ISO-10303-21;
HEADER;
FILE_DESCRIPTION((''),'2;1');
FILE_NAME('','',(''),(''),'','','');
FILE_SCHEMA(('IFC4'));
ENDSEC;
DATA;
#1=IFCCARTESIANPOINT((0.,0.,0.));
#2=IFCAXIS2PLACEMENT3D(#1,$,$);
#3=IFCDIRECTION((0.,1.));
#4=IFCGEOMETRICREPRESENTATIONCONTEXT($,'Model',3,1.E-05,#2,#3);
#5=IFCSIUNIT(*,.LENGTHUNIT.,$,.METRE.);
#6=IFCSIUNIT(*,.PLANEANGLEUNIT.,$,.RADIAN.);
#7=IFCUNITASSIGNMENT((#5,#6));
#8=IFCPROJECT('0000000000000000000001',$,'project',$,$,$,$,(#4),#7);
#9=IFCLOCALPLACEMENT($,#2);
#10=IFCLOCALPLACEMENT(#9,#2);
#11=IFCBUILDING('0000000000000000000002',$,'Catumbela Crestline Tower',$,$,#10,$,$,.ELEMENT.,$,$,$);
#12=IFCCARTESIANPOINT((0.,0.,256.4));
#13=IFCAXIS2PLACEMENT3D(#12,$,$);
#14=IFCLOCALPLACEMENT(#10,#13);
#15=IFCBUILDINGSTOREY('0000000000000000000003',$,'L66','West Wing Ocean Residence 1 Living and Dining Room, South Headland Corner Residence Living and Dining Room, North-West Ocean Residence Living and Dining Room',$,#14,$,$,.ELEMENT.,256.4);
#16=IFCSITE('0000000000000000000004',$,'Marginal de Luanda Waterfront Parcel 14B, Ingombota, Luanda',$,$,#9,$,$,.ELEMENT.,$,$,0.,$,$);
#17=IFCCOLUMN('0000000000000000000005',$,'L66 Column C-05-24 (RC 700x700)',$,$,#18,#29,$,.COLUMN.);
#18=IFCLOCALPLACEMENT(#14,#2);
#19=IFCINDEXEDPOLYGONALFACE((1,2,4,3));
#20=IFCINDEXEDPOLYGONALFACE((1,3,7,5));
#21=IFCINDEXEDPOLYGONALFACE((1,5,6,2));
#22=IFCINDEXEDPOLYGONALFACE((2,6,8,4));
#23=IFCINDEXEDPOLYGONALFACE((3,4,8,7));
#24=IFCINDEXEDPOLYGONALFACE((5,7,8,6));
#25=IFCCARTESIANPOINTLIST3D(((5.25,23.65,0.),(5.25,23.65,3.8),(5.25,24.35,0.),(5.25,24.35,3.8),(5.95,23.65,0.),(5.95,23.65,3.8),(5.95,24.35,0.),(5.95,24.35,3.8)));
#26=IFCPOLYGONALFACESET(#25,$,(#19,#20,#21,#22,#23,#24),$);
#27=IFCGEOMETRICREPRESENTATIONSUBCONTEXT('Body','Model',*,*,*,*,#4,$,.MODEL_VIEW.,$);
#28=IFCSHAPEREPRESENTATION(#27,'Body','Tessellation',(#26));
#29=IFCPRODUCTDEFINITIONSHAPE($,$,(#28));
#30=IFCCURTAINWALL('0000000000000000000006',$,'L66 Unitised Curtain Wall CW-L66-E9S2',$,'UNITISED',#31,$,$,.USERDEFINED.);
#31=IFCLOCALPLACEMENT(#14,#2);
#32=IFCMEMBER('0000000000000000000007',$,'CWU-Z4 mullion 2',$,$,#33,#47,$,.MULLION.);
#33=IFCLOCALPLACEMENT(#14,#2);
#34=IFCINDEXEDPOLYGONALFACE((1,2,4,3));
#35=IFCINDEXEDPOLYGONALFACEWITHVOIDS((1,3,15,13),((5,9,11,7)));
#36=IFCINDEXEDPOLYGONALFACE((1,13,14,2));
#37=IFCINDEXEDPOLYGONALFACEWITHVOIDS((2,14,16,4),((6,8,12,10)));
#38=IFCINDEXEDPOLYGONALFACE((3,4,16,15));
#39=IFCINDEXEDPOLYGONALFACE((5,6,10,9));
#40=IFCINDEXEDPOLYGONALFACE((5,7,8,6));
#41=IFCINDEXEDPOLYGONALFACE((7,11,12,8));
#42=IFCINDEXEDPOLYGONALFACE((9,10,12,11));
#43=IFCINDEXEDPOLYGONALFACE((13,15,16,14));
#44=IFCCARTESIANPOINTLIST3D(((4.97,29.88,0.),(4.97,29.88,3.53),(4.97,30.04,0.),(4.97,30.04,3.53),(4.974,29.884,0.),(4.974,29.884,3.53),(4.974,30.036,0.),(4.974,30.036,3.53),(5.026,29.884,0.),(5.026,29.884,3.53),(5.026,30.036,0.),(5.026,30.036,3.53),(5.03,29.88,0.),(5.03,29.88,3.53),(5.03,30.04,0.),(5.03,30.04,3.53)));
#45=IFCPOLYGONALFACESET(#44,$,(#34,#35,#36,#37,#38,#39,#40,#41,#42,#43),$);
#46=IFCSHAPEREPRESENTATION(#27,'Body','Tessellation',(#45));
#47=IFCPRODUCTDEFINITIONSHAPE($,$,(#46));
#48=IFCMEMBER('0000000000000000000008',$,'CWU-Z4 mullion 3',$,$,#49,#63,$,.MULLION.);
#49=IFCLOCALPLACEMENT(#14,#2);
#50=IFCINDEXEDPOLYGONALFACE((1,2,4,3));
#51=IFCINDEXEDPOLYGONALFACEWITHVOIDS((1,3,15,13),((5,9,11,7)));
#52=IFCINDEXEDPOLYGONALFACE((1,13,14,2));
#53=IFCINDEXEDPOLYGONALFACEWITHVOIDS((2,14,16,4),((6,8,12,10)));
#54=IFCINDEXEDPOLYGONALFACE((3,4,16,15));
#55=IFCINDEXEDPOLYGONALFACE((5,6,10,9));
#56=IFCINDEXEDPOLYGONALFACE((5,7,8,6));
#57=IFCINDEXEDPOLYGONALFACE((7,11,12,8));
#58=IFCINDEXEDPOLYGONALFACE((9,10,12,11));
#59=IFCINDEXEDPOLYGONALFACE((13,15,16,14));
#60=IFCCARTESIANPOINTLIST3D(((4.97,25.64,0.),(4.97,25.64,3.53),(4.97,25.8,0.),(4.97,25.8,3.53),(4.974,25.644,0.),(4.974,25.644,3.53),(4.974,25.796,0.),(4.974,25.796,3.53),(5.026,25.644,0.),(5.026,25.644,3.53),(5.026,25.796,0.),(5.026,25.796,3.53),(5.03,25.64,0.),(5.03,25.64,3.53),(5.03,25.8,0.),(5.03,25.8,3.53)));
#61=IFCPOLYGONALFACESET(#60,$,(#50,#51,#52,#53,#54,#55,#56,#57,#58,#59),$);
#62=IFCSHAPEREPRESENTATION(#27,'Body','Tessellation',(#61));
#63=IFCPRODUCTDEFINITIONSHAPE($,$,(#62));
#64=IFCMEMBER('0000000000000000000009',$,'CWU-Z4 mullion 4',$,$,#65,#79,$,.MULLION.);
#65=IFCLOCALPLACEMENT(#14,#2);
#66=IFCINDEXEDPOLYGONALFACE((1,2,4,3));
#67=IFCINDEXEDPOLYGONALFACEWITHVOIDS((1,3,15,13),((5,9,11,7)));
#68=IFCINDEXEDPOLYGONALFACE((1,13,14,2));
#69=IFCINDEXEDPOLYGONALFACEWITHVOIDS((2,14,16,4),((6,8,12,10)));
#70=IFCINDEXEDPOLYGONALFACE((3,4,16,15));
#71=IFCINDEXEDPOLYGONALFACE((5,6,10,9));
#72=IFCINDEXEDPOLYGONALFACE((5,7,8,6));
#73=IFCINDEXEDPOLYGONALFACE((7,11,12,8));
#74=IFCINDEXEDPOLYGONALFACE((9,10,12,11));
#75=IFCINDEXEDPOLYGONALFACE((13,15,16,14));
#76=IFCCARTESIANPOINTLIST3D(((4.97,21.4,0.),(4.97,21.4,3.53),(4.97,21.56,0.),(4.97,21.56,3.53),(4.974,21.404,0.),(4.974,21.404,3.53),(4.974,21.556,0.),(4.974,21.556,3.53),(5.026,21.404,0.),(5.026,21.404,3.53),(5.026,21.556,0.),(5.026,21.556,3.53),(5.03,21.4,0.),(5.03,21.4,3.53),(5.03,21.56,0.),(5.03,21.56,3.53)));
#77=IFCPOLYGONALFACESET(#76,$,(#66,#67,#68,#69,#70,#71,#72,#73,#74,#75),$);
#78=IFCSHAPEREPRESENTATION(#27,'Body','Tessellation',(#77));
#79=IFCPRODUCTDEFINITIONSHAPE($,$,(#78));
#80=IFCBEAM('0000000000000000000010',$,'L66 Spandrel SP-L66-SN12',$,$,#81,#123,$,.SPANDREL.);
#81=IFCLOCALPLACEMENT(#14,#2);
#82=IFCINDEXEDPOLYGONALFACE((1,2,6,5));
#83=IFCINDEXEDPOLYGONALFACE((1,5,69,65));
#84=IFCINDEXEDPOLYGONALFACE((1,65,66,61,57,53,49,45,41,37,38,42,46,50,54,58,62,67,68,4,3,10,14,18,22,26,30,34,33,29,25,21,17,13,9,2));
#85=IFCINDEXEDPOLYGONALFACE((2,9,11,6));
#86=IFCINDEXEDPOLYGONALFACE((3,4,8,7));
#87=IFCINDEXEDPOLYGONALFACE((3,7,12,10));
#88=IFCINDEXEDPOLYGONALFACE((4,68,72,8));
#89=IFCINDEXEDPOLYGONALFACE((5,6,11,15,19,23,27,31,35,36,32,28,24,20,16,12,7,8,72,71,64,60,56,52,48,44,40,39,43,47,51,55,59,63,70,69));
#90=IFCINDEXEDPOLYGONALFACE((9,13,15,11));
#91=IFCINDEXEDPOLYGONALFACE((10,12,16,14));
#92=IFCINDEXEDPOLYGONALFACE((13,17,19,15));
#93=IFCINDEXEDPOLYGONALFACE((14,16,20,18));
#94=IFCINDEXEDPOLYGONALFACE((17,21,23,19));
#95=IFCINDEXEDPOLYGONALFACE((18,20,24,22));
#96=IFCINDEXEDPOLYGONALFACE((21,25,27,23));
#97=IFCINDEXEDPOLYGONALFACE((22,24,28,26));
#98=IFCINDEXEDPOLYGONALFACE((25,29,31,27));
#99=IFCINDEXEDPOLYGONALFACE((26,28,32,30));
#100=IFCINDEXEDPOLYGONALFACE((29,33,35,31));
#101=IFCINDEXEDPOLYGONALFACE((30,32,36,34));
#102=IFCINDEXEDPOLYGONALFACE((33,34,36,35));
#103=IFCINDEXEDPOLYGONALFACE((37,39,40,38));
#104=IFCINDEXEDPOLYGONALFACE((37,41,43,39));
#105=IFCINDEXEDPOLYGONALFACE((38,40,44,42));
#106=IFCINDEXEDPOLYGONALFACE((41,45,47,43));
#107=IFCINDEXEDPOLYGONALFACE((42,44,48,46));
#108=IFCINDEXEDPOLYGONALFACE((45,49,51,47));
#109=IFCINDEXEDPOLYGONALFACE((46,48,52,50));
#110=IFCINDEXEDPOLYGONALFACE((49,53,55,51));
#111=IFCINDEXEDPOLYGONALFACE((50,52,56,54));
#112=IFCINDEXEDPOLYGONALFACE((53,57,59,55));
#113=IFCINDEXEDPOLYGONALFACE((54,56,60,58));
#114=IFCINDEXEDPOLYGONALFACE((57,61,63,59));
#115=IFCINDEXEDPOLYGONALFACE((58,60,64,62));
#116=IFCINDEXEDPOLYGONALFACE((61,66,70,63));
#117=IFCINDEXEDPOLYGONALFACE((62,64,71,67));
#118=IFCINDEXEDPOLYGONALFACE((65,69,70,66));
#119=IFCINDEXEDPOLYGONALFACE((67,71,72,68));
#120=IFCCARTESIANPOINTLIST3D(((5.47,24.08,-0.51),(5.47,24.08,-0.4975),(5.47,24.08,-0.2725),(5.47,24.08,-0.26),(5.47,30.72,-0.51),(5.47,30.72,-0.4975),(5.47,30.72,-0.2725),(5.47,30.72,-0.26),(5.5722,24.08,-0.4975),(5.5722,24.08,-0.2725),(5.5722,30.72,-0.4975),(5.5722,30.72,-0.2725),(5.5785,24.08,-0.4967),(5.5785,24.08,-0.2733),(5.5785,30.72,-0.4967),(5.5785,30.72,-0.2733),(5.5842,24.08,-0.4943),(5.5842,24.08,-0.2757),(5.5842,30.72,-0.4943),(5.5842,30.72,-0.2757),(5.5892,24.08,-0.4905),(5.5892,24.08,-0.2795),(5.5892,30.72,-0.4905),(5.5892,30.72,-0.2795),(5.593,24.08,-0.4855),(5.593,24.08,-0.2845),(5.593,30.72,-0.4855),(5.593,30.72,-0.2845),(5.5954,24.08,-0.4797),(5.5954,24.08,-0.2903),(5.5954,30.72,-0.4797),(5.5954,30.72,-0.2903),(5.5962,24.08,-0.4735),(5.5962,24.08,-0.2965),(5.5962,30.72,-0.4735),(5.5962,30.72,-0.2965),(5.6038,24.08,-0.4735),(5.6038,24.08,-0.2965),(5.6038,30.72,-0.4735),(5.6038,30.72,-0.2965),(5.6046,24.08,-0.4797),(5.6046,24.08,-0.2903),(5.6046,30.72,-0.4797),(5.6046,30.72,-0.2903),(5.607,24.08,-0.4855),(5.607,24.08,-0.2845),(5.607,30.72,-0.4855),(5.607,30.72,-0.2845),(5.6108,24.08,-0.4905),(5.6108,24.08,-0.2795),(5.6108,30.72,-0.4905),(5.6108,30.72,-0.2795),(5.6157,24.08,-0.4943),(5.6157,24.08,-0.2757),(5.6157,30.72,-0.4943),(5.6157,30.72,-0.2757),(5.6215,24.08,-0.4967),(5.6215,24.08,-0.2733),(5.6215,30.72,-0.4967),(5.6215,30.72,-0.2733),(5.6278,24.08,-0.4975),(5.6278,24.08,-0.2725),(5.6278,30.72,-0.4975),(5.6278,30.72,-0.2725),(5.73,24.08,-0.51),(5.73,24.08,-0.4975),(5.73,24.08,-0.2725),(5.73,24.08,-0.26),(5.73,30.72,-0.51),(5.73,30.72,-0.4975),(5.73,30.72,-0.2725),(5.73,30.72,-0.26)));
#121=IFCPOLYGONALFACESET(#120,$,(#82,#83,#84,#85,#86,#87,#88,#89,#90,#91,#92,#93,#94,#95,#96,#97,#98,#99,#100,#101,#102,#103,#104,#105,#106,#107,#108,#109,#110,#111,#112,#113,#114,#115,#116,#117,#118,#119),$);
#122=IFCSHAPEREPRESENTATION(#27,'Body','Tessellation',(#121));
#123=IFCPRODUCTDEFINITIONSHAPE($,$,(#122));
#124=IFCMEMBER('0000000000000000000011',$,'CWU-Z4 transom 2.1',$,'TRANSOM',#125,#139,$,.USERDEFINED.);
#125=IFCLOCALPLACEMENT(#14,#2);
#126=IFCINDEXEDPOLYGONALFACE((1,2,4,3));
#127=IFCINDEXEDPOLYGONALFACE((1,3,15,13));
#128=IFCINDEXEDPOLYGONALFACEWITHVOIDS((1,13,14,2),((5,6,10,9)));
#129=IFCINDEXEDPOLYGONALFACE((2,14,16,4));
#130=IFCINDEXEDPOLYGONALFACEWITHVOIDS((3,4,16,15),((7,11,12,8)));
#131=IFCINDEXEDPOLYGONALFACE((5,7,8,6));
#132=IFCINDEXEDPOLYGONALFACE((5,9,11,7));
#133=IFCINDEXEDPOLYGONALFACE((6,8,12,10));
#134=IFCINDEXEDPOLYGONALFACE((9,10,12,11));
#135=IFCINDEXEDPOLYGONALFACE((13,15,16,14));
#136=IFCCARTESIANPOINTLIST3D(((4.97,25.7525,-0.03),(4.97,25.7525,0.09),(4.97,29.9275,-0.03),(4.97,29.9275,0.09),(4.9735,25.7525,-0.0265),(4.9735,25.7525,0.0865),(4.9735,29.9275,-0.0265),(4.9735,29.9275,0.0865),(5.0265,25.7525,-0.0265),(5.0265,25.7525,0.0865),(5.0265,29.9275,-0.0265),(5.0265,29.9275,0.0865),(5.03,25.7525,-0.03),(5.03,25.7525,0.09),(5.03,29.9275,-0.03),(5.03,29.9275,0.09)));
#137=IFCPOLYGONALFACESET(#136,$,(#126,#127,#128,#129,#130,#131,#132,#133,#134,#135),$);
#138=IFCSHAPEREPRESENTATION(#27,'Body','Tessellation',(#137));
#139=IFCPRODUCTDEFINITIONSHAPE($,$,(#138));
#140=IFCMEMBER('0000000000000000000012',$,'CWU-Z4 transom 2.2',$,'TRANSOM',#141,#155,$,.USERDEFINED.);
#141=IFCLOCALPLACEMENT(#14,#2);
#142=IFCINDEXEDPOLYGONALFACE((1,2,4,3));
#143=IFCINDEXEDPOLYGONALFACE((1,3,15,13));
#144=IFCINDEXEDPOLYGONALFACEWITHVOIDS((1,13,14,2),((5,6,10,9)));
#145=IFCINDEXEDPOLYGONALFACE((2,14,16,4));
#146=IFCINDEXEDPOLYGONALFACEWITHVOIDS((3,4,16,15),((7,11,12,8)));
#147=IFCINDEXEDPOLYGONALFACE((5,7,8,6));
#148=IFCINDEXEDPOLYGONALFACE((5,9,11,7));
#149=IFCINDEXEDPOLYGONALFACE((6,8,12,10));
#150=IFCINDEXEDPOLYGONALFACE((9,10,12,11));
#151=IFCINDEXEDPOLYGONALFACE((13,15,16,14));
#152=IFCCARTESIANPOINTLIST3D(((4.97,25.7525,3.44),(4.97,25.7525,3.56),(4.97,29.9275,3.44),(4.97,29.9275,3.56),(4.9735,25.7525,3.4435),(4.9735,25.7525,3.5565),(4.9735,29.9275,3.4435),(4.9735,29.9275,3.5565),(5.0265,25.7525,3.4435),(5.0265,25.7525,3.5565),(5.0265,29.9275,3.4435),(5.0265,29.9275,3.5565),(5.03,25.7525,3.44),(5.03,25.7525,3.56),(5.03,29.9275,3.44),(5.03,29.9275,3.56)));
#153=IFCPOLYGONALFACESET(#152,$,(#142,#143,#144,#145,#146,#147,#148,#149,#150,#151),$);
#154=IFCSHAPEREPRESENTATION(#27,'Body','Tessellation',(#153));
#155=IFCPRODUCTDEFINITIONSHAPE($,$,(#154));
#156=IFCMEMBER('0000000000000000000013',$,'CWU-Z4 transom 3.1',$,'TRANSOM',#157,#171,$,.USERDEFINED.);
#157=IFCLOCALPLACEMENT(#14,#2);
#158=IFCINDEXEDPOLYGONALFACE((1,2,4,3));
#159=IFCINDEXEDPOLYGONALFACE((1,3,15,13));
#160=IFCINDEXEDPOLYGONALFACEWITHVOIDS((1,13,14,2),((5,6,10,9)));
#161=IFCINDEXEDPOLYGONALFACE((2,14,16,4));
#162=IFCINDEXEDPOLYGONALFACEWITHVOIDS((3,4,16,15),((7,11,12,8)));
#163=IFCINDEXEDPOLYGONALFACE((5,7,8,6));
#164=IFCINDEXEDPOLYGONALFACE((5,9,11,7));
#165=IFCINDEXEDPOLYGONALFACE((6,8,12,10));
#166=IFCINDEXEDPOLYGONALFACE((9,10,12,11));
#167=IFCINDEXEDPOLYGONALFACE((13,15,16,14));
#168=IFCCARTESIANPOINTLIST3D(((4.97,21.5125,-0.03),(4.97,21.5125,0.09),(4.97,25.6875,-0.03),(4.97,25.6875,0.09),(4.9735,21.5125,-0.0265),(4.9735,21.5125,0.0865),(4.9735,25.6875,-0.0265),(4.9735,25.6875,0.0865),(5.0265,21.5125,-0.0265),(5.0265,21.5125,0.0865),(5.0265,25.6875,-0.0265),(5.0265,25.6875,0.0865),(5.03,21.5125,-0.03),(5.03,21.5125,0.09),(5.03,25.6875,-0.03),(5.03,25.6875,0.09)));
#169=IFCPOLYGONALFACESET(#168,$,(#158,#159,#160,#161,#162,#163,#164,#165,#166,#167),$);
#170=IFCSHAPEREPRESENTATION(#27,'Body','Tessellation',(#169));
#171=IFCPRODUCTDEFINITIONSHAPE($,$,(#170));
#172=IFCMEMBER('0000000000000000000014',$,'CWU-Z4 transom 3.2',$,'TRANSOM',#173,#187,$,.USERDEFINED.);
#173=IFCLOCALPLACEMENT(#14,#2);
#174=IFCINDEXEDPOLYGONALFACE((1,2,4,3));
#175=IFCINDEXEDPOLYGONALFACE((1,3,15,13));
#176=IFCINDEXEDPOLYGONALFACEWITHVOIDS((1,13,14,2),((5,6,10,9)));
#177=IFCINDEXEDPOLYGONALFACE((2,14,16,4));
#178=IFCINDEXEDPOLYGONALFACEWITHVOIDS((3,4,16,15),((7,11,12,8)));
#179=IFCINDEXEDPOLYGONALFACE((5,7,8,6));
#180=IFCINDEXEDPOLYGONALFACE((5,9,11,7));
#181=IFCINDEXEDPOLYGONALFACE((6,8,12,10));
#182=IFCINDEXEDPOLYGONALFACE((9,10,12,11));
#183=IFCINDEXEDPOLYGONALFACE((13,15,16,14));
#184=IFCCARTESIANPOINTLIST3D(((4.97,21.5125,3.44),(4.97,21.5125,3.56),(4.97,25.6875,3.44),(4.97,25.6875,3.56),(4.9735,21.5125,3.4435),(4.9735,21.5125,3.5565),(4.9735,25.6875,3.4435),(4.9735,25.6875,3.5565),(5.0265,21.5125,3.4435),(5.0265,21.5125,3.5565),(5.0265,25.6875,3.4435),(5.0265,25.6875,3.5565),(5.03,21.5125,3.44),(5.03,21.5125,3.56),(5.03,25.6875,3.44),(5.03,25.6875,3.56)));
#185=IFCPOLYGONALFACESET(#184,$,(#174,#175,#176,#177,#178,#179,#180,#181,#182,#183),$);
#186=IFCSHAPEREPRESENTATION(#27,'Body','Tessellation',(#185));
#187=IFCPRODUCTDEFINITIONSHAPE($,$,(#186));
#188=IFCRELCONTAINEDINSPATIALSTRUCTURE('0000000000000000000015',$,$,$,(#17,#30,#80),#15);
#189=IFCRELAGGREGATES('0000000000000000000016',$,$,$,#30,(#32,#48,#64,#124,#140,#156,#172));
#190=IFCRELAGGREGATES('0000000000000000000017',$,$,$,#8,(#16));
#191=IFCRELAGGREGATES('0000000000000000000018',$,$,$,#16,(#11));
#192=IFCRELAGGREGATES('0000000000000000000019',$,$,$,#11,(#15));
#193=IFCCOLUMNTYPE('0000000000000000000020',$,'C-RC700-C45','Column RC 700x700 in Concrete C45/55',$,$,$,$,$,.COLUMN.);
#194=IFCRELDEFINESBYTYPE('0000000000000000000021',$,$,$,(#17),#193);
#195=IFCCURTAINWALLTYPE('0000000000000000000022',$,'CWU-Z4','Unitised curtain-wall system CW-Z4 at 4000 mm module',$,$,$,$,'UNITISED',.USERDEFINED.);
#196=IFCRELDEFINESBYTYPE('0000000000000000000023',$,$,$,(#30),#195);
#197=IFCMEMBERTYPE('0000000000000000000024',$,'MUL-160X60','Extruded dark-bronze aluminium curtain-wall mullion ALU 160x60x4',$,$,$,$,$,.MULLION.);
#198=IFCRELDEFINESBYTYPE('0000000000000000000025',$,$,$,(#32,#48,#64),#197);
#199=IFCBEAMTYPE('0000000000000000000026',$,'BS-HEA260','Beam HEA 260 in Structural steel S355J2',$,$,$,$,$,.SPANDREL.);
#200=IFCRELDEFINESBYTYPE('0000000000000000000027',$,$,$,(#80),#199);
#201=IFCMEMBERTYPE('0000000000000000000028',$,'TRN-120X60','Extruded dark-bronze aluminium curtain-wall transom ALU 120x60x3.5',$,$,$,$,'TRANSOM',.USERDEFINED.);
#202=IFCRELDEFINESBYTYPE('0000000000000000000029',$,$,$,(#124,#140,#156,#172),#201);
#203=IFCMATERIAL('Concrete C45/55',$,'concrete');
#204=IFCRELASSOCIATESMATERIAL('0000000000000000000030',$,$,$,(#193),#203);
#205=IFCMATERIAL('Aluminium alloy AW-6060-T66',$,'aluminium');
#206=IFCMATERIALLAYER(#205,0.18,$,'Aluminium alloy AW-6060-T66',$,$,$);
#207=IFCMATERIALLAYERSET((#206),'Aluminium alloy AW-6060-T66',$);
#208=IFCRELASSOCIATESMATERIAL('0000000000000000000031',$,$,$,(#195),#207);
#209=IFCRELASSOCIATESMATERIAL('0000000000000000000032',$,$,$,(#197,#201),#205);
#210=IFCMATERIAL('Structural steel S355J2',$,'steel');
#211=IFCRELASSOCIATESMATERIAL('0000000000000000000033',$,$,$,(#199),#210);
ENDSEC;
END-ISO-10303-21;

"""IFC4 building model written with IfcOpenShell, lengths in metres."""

from ifc_helpers import new_model, si_unit, direction, frame, origin, origin_2d, place, context, subcontext, project, spatial, rectangle, hollow_rectangle, i_section, extrude, material, layer, layer_set, material_profile, profile_set, type_object, element, aggregate, save


model = new_model("IFC4")

# Units and contexts
model_context = context("Model", 3, precision=1e-05, world=origin(), true_north=direction((0.0, 1.0)))
body_context = subcontext(model_context, "Body", "Model", "MODEL_VIEW")
ifc_project = project(units=[si_unit("LENGTHUNIT", "METRE"), si_unit("PLANEANGLEUNIT", "RADIAN")], contexts=[model_context])

# Site, building, storey
site_placement = place(None, origin())
site = spatial("IfcSite", under=ifc_project, at=site_placement, Name="Marginal de Luanda Waterfront Parcel 14B, Ingombota, Luanda", CompositionType="ELEMENT", RefElevation=0.0)
building_placement = place(site_placement, origin())
building = spatial("IfcBuilding", under=site, at=building_placement, Name="Catumbela Crestline Tower", CompositionType="ELEMENT")
storey_placement = place(building_placement, frame((0.0, 0.0, 256.4)))
storey = spatial("IfcBuildingStorey", under=building, at=storey_placement, Name="L66", Description="West Wing Ocean Residence 1 Living and Dining Room, South Headland Corner Residence Living and Dining Room, North-West Ocean Residence Living and Dining Room", CompositionType="ELEMENT", Elevation=256.4)

# Column
ifc_material_1 = material(Name="Concrete C45/55", Category="concrete")
ifc_material_profile_1 = material_profile(ifc_material_1, rectangle(XDim=0.7, YDim=0.7, at=origin_2d()), Name="RC 700x700")
ifc_profile_set_1 = profile_set([ifc_material_profile_1], Name="Concrete C45/55")
column_type = type_object("IfcColumnType", Name="C-RC700-C45", Description="Column RC 700x700 in Concrete C45/55", PredefinedType="COLUMN", material=ifc_profile_set_1)
column_placement = place(storey_placement, frame((5.6, 24.0, 0.0), z_axis=(0.0, 0.0, 1.0), x_axis=(1.0, 0.0, 0.0)))
element("IfcColumn", 1, at=column_placement, inside=storey, type_object=column_type, Name="L66 Column C-05-24 (RC 700x700)", PredefinedType="COLUMN", context=body_context, shape_type="SweptSolid", body=[
    extrude(rectangle(XDim=0.7, YDim=0.7, at=origin_2d()), origin(), (0.0, 0.0, 1.0), 3.8),
])

# Curtain wall, members
ifc_material_2 = material(Name="Aluminium alloy AW-6060-T66", Category="aluminium")
ifc_layer_1 = layer(ifc_material_2, 0.18, Name="Aluminium alloy AW-6060-T66")
ifc_layer_set_1 = layer_set([ifc_layer_1], Name="Aluminium alloy AW-6060-T66")
curtain_wall_type = type_object("IfcCurtainWallType", Name="CWU-Z4", Description="Unitised curtain-wall system CW-Z4 at 4000 mm module", ElementType="UNITISED", PredefinedType="USERDEFINED", material=ifc_layer_set_1)
curtain_wall_placement = place(storey_placement, origin())
curtain_wall = element("IfcCurtainWall", 2, at=curtain_wall_placement, inside=storey, type_object=curtain_wall_type, Name="L66 Unitised Curtain Wall CW-L66-E9S2", ObjectType="UNITISED", PredefinedType="USERDEFINED")
ifc_material_profile_2 = material_profile(ifc_material_2, hollow_rectangle(XDim=0.06, YDim=0.16, WallThickness=0.004, at=origin_2d()), Name="ALU 160x60x4")
ifc_profile_set_2 = profile_set([ifc_material_profile_2], Name="Aluminium alloy AW-6060-T66")
member_type_1 = type_object("IfcMemberType", Name="MUL-160X60", Description="Extruded dark-bronze aluminium curtain-wall mullion ALU 160x60x4", PredefinedType="MULLION", material=ifc_profile_set_2)
member_1_placement = place(storey_placement, frame((5.0, 29.96, 0.0), z_axis=(0.0, 0.0, 1.0), x_axis=(1.0, 0.0, 0.0)))
member_1 = element("IfcMember", 3, at=member_1_placement, type_object=member_type_1, Name="CWU-Z4 mullion 2", PredefinedType="MULLION", context=body_context, shape_type="SweptSolid", body=[
    extrude(hollow_rectangle(XDim=0.06, YDim=0.16, WallThickness=0.004, at=origin_2d()), origin(), (0.0, 0.0, 1.0), 3.53),
])
member_2_placement = place(storey_placement, frame((5.0, 25.72, 0.0), z_axis=(0.0, 0.0, 1.0), x_axis=(1.0, 0.0, 0.0)))
member_2 = element("IfcMember", 4, at=member_2_placement, type_object=member_type_1, Name="CWU-Z4 mullion 3", PredefinedType="MULLION", context=body_context, shape_type="SweptSolid", body=[
    extrude(hollow_rectangle(XDim=0.06, YDim=0.16, WallThickness=0.004, at=origin_2d()), origin(), (0.0, 0.0, 1.0), 3.53),
])
member_3_placement = place(storey_placement, frame((5.0, 21.48, 0.0), z_axis=(0.0, 0.0, 1.0), x_axis=(1.0, 0.0, 0.0)))
member_3 = element("IfcMember", 5, at=member_3_placement, type_object=member_type_1, Name="CWU-Z4 mullion 4", PredefinedType="MULLION", context=body_context, shape_type="SweptSolid", body=[
    extrude(hollow_rectangle(XDim=0.06, YDim=0.16, WallThickness=0.004, at=origin_2d()), origin(), (0.0, 0.0, 1.0), 3.53),
])

# Beam
ifc_material_3 = material(Name="Structural steel S355J2", Category="steel")
ifc_material_profile_3 = material_profile(ifc_material_3, i_section(OverallWidth=0.26, OverallDepth=0.25, WebThickness=0.0075, FlangeThickness=0.0125, FilletRadius=0.024, at=origin_2d()), Name="HEA 260")
ifc_profile_set_3 = profile_set([ifc_material_profile_3], Name="Structural steel S355J2")
beam_type = type_object("IfcBeamType", Name="BS-HEA260", Description="Beam HEA 260 in Structural steel S355J2", PredefinedType="SPANDREL", material=ifc_profile_set_3)
beam_placement = place(storey_placement, frame((5.6, 24.08, -0.385), z_axis=(0.0, 1.0, 0.0), x_axis=(-1.0, 0.0, 0.0)))
element("IfcBeam", 6, at=beam_placement, inside=storey, type_object=beam_type, Name="L66 Spandrel SP-L66-SN12", PredefinedType="SPANDREL", context=body_context, shape_type="SweptSolid", body=[
    extrude(i_section(OverallWidth=0.26, OverallDepth=0.25, WebThickness=0.0075, FlangeThickness=0.0125, FilletRadius=0.024, at=origin_2d()), origin(), (0.0, 0.0, 1.0), 6.64),
])

# Members
ifc_material_profile_4 = material_profile(ifc_material_2, hollow_rectangle(XDim=0.06, YDim=0.12, WallThickness=0.0035, at=origin_2d()), Name="ALU 120x60x3.5")
ifc_profile_set_4 = profile_set([ifc_material_profile_4], Name="Aluminium alloy AW-6060-T66")
member_type_2 = type_object("IfcMemberType", Name="TRN-120X60", Description="Extruded dark-bronze aluminium curtain-wall transom ALU 120x60x3.5", ElementType="TRANSOM", PredefinedType="USERDEFINED", material=ifc_profile_set_4)
member_4_placement = place(storey_placement, frame((5.0, 29.9275, 0.03), z_axis=(0.0, -1.0, 0.0), x_axis=(1.0, 0.0, 0.0)))
member_4 = element("IfcMember", 7, at=member_4_placement, type_object=member_type_2, Name="CWU-Z4 transom 2.1", ObjectType="TRANSOM", PredefinedType="USERDEFINED", context=body_context, shape_type="SweptSolid", body=[
    extrude(hollow_rectangle(XDim=0.06, YDim=0.12, WallThickness=0.0035, at=origin_2d()), origin(), (0.0, 0.0, 1.0), 4.175),
])
member_5_placement = place(storey_placement, frame((5.0, 29.9275, 3.5), z_axis=(0.0, -1.0, 0.0), x_axis=(1.0, 0.0, 0.0)))
member_5 = element("IfcMember", 8, at=member_5_placement, type_object=member_type_2, Name="CWU-Z4 transom 2.2", ObjectType="TRANSOM", PredefinedType="USERDEFINED", context=body_context, shape_type="SweptSolid", body=[
    extrude(hollow_rectangle(XDim=0.06, YDim=0.12, WallThickness=0.0035, at=origin_2d()), origin(), (0.0, 0.0, 1.0), 4.175),
])
member_6_placement = place(storey_placement, frame((5.0, 25.6875, 0.03), z_axis=(0.0, -1.0, 0.0), x_axis=(1.0, 0.0, 0.0)))
member_6 = element("IfcMember", 9, at=member_6_placement, type_object=member_type_2, Name="CWU-Z4 transom 3.1", ObjectType="TRANSOM", PredefinedType="USERDEFINED", context=body_context, shape_type="SweptSolid", body=[
    extrude(hollow_rectangle(XDim=0.06, YDim=0.12, WallThickness=0.0035, at=origin_2d()), origin(), (0.0, 0.0, 1.0), 4.175),
])
member_7_placement = place(storey_placement, frame((5.0, 25.6875, 3.5), z_axis=(0.0, -1.0, 0.0), x_axis=(1.0, 0.0, 0.0)))
member_7 = element("IfcMember", 10, at=member_7_placement, type_object=member_type_2, Name="CWU-Z4 transom 3.2", ObjectType="TRANSOM", PredefinedType="USERDEFINED", context=body_context, shape_type="SweptSolid", body=[
    extrude(hollow_rectangle(XDim=0.06, YDim=0.12, WallThickness=0.0035, at=origin_2d()), origin(), (0.0, 0.0, 1.0), 4.175),
])

aggregate(curtain_wall, [member_1, member_2, member_3, member_4, member_5, member_6, member_7])

save(model, "model.ifc")
